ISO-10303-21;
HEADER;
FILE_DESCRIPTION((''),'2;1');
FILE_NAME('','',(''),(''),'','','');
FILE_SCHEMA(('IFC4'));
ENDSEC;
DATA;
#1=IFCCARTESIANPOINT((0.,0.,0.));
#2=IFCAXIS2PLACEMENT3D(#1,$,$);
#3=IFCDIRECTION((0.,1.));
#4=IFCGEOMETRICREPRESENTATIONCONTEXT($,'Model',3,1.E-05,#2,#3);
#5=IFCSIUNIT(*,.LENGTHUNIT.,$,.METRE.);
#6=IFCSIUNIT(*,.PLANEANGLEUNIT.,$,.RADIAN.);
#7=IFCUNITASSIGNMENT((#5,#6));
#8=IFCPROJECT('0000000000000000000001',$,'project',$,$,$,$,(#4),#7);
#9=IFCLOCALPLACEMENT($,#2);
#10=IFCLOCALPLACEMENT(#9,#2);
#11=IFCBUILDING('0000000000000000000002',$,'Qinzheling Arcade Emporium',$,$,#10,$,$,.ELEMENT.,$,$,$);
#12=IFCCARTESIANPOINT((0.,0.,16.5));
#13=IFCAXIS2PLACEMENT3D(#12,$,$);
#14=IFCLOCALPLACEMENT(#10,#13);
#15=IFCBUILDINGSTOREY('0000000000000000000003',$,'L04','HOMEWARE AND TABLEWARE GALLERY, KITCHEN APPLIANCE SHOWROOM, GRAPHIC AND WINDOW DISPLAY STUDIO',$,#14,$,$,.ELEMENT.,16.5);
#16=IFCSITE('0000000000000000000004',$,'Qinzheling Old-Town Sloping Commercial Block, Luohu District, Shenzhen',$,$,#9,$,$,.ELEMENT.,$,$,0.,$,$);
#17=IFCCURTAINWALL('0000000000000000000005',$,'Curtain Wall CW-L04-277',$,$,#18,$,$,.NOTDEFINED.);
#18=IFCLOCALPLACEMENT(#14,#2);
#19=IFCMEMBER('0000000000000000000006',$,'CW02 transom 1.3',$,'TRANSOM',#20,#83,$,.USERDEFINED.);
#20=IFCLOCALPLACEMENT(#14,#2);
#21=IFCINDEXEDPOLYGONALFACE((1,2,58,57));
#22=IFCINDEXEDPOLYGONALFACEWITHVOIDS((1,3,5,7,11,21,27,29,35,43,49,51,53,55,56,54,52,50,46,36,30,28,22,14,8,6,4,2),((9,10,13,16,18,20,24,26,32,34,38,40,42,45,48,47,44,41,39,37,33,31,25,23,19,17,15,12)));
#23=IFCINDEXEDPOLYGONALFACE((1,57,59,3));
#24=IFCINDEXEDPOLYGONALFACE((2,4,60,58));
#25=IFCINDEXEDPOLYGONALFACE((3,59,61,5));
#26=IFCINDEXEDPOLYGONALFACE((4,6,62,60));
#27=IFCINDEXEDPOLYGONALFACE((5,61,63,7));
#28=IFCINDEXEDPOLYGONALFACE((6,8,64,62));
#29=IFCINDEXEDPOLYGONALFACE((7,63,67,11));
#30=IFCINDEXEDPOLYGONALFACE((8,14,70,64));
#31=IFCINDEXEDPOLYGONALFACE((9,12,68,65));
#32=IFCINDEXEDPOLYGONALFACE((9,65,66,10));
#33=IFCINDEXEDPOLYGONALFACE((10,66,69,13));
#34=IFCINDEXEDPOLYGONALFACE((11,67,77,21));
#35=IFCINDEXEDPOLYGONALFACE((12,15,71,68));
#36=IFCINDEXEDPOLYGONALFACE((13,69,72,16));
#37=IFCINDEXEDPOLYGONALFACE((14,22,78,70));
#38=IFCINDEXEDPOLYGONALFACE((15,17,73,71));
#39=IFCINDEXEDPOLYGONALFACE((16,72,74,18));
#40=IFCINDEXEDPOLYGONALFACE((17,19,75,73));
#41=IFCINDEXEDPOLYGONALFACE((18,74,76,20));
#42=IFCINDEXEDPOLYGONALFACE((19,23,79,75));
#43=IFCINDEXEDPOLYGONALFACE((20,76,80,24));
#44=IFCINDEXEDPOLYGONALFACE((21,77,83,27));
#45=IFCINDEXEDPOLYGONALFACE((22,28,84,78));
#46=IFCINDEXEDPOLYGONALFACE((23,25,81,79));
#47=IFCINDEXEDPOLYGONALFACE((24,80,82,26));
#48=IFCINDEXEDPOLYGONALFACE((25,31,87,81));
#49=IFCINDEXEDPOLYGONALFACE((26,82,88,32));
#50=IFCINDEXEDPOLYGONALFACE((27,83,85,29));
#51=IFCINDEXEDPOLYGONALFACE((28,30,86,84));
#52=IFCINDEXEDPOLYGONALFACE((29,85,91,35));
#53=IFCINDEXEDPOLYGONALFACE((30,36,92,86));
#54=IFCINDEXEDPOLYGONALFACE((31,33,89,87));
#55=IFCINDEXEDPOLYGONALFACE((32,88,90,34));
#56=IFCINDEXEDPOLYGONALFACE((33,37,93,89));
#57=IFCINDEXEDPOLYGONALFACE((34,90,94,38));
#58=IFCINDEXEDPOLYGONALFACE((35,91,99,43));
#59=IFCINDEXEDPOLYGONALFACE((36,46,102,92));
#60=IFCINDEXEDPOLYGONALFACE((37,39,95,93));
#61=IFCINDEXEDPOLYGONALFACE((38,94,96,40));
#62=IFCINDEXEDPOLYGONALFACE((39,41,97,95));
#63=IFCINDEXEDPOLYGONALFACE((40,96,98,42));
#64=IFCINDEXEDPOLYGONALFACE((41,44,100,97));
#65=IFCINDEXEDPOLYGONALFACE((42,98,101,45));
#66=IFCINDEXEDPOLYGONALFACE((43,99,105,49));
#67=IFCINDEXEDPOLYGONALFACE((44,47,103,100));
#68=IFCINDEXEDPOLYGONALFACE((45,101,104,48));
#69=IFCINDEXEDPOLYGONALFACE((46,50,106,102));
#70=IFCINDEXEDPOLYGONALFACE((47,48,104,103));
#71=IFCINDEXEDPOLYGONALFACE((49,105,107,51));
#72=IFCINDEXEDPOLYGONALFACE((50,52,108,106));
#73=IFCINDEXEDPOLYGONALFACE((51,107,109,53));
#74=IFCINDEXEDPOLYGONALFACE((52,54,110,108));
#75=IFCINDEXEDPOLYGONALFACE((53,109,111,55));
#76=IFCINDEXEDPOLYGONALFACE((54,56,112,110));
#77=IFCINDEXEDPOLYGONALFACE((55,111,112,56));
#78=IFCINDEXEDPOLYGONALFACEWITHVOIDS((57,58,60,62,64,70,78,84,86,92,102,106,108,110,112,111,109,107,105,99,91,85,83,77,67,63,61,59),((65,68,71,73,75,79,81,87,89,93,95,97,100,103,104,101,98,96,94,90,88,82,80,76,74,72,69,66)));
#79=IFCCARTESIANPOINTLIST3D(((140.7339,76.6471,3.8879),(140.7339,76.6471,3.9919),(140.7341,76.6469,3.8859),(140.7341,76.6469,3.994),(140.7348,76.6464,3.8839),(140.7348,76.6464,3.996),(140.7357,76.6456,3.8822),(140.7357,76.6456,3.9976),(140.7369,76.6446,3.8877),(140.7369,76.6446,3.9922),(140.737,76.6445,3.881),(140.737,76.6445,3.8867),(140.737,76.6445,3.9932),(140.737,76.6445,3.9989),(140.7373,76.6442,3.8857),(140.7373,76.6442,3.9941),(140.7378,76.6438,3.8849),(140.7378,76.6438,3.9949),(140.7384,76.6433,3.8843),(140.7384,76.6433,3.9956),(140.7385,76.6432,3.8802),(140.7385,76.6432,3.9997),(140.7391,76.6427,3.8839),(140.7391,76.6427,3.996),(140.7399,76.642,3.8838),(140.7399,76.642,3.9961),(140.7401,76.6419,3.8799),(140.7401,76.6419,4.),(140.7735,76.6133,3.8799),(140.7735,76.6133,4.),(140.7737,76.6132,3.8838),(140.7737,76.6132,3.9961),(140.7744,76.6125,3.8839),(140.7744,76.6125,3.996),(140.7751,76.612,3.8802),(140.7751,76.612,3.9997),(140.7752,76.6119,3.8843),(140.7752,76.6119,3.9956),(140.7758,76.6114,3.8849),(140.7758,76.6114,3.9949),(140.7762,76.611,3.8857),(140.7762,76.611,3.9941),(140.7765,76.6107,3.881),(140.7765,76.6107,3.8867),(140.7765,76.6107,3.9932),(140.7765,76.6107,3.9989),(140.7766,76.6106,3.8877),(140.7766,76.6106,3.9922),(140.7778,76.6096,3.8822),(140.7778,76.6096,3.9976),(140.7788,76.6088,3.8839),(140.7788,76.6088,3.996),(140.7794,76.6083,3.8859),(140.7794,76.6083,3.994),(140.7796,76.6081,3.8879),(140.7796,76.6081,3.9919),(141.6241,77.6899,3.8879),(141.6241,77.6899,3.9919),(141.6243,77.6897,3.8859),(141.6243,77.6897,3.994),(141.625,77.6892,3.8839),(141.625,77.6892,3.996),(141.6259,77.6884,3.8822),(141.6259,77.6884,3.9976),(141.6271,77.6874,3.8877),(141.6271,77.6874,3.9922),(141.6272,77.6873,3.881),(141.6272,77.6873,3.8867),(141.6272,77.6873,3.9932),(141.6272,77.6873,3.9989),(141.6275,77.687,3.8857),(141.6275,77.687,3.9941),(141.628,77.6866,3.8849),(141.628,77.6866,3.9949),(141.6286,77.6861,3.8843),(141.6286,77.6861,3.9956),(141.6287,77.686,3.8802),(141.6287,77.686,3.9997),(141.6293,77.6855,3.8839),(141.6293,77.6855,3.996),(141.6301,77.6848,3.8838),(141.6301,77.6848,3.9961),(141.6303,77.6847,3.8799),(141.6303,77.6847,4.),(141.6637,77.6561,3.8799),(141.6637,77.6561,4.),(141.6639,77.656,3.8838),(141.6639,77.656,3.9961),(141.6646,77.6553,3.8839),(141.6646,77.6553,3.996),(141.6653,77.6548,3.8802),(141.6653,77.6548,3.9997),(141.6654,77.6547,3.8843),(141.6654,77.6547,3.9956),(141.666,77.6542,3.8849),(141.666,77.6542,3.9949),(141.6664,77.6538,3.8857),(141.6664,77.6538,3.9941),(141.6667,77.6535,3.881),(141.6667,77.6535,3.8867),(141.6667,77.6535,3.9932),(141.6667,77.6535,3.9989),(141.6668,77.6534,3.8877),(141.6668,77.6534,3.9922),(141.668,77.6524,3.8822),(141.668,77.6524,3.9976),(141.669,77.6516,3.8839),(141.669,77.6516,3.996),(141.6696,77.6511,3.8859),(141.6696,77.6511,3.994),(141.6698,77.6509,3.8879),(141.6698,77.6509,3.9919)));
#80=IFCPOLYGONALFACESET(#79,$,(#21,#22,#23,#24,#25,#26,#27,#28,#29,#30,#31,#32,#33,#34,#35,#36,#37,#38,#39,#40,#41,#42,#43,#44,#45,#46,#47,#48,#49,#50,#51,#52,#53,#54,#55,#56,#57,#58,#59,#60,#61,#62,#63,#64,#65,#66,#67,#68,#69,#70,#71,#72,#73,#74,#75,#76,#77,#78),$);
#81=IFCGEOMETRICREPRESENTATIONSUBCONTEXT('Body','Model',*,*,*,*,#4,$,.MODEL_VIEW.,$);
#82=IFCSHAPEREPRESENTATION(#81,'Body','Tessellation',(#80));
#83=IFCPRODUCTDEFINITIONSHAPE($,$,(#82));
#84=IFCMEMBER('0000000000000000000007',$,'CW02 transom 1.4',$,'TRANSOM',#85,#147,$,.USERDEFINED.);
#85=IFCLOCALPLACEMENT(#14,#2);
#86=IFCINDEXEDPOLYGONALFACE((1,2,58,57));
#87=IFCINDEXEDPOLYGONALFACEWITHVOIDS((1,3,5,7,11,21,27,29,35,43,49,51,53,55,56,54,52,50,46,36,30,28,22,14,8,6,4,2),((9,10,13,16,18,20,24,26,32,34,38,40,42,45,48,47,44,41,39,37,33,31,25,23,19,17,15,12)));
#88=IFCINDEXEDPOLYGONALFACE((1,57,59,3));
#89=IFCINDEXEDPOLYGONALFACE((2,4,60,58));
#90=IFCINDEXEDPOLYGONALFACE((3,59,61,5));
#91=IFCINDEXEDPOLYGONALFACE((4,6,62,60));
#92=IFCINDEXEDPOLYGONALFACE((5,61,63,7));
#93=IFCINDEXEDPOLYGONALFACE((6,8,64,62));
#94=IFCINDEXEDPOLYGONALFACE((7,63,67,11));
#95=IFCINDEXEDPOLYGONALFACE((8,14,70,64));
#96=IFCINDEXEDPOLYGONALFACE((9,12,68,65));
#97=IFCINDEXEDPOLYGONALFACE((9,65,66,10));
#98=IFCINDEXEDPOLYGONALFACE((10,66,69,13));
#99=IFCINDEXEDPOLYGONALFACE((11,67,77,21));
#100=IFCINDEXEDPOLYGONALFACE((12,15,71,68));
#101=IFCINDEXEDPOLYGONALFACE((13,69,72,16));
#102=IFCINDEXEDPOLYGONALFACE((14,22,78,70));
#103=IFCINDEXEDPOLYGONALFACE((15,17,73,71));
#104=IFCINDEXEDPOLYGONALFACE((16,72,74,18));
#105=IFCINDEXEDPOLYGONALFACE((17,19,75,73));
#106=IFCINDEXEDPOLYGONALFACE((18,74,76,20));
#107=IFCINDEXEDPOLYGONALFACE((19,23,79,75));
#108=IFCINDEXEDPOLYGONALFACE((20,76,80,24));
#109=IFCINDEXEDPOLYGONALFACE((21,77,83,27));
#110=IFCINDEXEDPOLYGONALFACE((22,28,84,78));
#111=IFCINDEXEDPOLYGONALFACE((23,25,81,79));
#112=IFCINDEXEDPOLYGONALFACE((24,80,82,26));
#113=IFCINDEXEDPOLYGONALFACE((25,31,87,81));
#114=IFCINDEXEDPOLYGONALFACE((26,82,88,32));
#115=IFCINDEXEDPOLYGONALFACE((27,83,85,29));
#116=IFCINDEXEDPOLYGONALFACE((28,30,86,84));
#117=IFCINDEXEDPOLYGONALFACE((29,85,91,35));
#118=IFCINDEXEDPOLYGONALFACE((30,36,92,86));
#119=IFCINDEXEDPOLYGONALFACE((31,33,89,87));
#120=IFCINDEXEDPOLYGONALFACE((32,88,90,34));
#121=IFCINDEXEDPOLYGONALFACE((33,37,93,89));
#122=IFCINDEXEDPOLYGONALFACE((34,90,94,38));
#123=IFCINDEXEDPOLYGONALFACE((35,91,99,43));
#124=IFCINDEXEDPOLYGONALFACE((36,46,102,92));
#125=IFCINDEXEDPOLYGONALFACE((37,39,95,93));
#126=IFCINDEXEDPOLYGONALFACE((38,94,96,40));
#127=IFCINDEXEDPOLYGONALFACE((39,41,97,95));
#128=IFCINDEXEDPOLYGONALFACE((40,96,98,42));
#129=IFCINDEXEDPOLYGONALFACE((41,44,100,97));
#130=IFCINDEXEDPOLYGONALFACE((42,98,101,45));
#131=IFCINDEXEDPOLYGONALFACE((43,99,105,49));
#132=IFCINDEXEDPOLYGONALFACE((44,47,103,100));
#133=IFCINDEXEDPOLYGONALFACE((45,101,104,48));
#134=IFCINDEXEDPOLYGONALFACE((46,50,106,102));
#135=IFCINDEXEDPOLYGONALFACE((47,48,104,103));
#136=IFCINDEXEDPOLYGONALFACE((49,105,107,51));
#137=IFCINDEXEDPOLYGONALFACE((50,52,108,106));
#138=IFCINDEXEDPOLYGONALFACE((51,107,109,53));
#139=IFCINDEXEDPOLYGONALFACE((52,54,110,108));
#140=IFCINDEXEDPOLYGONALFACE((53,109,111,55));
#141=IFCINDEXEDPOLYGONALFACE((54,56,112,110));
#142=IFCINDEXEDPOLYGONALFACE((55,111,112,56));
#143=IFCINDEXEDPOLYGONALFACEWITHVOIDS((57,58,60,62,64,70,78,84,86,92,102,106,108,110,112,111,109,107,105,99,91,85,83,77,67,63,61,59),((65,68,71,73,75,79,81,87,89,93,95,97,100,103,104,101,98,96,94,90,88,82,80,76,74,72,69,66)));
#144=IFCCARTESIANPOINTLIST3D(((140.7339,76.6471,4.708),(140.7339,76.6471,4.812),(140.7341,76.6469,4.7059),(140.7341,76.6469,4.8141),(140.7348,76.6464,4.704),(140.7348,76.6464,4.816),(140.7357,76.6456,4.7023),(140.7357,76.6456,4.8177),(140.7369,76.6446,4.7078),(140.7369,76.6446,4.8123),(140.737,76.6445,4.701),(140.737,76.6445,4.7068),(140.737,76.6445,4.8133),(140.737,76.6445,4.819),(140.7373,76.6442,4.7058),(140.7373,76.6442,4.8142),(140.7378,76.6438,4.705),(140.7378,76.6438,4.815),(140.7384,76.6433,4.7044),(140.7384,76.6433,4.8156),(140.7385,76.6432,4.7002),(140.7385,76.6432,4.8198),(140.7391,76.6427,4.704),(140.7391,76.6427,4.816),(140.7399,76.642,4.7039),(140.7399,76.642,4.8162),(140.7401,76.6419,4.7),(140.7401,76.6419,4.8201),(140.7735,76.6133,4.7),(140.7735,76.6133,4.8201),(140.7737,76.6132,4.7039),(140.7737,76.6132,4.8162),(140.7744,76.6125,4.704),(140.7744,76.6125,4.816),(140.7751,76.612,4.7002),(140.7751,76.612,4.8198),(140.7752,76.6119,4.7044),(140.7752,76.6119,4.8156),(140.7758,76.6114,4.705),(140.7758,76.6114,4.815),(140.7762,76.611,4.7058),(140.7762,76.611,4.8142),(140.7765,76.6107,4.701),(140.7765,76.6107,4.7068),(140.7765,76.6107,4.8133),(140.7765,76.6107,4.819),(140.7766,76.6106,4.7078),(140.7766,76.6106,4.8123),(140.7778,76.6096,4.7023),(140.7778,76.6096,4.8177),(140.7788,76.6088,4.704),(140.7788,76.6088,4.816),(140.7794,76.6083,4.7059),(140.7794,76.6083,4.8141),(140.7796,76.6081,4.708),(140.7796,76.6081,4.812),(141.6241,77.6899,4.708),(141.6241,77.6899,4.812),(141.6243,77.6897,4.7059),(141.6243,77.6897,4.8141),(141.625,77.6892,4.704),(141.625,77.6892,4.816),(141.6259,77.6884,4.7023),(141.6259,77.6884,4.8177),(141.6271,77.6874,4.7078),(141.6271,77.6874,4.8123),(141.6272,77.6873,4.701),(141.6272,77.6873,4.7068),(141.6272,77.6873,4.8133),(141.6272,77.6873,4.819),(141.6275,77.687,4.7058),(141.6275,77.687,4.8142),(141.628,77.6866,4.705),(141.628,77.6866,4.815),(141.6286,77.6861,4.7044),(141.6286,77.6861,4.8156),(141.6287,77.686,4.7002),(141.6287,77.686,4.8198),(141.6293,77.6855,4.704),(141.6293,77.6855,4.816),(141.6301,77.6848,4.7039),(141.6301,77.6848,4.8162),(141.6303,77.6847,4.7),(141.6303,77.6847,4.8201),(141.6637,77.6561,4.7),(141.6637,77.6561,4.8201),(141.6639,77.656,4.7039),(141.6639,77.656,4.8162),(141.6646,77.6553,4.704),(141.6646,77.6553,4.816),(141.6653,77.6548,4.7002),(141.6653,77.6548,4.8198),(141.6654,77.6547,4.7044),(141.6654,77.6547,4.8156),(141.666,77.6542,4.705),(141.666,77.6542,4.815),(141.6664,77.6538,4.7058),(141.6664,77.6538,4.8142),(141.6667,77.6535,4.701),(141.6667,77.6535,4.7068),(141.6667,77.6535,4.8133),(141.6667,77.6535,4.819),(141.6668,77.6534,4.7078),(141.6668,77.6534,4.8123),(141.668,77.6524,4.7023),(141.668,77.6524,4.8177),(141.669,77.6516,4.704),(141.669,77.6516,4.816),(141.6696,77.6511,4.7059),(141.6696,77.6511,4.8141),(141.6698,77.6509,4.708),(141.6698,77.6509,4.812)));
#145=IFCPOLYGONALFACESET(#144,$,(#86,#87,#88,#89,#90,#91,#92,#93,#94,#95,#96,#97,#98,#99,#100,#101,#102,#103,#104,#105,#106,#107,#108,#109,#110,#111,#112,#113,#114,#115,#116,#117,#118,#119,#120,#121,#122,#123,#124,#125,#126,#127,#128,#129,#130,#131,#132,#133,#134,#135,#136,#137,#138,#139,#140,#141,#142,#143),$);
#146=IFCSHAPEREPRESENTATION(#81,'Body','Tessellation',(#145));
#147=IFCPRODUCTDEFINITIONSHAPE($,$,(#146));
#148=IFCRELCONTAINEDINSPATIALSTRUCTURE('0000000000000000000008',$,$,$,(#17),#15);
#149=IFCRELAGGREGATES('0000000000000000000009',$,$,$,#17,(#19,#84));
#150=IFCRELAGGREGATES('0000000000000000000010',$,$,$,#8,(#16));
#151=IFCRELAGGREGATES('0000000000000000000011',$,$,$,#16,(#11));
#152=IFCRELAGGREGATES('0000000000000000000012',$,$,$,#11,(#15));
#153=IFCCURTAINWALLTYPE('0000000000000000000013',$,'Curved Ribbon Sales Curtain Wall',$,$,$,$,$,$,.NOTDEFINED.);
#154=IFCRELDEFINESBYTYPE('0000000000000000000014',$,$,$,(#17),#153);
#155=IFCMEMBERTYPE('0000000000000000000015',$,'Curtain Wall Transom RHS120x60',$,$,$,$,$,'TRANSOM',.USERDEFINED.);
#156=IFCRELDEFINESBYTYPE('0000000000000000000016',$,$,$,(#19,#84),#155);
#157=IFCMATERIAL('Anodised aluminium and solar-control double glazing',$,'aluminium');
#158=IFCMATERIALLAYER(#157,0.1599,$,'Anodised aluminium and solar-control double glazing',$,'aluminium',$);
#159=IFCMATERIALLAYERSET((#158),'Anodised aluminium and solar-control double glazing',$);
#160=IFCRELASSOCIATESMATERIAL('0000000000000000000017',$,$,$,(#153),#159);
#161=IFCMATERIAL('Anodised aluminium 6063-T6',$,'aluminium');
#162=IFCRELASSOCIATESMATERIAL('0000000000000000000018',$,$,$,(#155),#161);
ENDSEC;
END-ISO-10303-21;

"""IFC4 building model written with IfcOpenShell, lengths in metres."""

from ifc_helpers import new_model, si_unit, direction, frame, origin, origin_2d, place, context, subcontext, project, spatial, hollow_rectangle, extrude, material, layer, layer_set, material_profile, profile_set, type_object, element, aggregate, save


model = new_model("IFC4")

# Units and contexts
model_context = context("Model", 3, precision=1e-05, world=origin(), true_north=direction((0.0, 1.0)))
body_context = subcontext(model_context, "Body", "Model", "MODEL_VIEW")
ifc_project = project(units=[si_unit("LENGTHUNIT", "METRE"), si_unit("PLANEANGLEUNIT", "RADIAN")], contexts=[model_context])

# Site, building, storey
site_placement = place(None, origin())
site = spatial("IfcSite", under=ifc_project, at=site_placement, Name="Qinzheling Old-Town Sloping Commercial Block, Luohu District, Shenzhen", CompositionType="ELEMENT", RefElevation=0.0)
building_placement = place(site_placement, origin())
building = spatial("IfcBuilding", under=site, at=building_placement, Name="Qinzheling Arcade Emporium", CompositionType="ELEMENT")
storey_placement = place(building_placement, frame((0.0, 0.0, 16.5)))
storey = spatial("IfcBuildingStorey", under=building, at=storey_placement, Name="L04", Description="HOMEWARE AND TABLEWARE GALLERY, KITCHEN APPLIANCE SHOWROOM, GRAPHIC AND WINDOW DISPLAY STUDIO", CompositionType="ELEMENT", Elevation=16.5)

# Shared definitions
ifc_material_1 = material(Name="Anodised aluminium and solar-control double glazing", Category="aluminium")
ifc_layer_1 = layer(ifc_material_1, 0.1599, Name="Anodised aluminium and solar-control double glazing", Category="aluminium")
ifc_layer_set_1 = layer_set([ifc_layer_1], Name="Anodised aluminium and solar-control double glazing")
curtain_wall_type = type_object("IfcCurtainWallType", Name="Curved Ribbon Sales Curtain Wall", PredefinedType="NOTDEFINED", material=ifc_layer_set_1)
ifc_material_2 = material(Name="Anodised aluminium 6063-T6", Category="aluminium")

# Curtain wall
curtain_wall_1_placement = place(storey_placement, origin())
curtain_wall_1 = element("IfcCurtainWall", 1, at=curtain_wall_1_placement, inside=storey, type_object=curtain_wall_type, Name="Curtain Wall CW-L04-277", PredefinedType="NOTDEFINED")

# Members
ifc_material_profile_1 = material_profile(ifc_material_2, hollow_rectangle(XDim=0.0601, YDim=0.1201, WallThickness=0.0039, InnerFilletRadius=0.0039, OuterFilletRadius=0.0081, at=origin_2d()), Name="RHS 120x60x4", Category="aluminium")
ifc_profile_set_1 = profile_set([ifc_material_profile_1], Name="Anodised aluminium 6063-T6")
member_type_1 = type_object("IfcMemberType", Name="Curtain Wall Transom RHS120x60", ElementType="TRANSOM", PredefinedType="USERDEFINED", material=ifc_profile_set_1)
member_1_placement = place(storey_placement, frame((141.647, 77.6704, 3.9399), z_axis=(-0.649265, -0.760562, 0.0), x_axis=(0.760562, -0.649265, 0.0)))
member_1 = element("IfcMember", 2, at=member_1_placement, type_object=member_type_1, Name="CW02 transom 1.3", ObjectType="TRANSOM", PredefinedType="USERDEFINED", context=body_context, shape_type="SweptSolid", body=[
    extrude(hollow_rectangle(XDim=0.0601, YDim=0.1201, WallThickness=0.0039, InnerFilletRadius=0.0039, OuterFilletRadius=0.0081, at=origin_2d()), origin(), (0.0, 0.0, 1.0), 1.3711),
])
member_2_placement = place(storey_placement, frame((141.647, 77.6704, 4.76), z_axis=(-0.649265, -0.760562, 0.0), x_axis=(0.760562, -0.649265, 0.0)))
member_2 = element("IfcMember", 3, at=member_2_placement, type_object=member_type_1, Name="CW02 transom 1.4", ObjectType="TRANSOM", PredefinedType="USERDEFINED", context=body_context, shape_type="SweptSolid", body=[
    extrude(hollow_rectangle(XDim=0.0601, YDim=0.1201, WallThickness=0.0039, InnerFilletRadius=0.0039, OuterFilletRadius=0.0081, at=origin_2d()), origin(), (0.0, 0.0, 1.0), 1.3711),
])

aggregate(curtain_wall_1, [member_1, member_2])

save(model, "model.ifc")
